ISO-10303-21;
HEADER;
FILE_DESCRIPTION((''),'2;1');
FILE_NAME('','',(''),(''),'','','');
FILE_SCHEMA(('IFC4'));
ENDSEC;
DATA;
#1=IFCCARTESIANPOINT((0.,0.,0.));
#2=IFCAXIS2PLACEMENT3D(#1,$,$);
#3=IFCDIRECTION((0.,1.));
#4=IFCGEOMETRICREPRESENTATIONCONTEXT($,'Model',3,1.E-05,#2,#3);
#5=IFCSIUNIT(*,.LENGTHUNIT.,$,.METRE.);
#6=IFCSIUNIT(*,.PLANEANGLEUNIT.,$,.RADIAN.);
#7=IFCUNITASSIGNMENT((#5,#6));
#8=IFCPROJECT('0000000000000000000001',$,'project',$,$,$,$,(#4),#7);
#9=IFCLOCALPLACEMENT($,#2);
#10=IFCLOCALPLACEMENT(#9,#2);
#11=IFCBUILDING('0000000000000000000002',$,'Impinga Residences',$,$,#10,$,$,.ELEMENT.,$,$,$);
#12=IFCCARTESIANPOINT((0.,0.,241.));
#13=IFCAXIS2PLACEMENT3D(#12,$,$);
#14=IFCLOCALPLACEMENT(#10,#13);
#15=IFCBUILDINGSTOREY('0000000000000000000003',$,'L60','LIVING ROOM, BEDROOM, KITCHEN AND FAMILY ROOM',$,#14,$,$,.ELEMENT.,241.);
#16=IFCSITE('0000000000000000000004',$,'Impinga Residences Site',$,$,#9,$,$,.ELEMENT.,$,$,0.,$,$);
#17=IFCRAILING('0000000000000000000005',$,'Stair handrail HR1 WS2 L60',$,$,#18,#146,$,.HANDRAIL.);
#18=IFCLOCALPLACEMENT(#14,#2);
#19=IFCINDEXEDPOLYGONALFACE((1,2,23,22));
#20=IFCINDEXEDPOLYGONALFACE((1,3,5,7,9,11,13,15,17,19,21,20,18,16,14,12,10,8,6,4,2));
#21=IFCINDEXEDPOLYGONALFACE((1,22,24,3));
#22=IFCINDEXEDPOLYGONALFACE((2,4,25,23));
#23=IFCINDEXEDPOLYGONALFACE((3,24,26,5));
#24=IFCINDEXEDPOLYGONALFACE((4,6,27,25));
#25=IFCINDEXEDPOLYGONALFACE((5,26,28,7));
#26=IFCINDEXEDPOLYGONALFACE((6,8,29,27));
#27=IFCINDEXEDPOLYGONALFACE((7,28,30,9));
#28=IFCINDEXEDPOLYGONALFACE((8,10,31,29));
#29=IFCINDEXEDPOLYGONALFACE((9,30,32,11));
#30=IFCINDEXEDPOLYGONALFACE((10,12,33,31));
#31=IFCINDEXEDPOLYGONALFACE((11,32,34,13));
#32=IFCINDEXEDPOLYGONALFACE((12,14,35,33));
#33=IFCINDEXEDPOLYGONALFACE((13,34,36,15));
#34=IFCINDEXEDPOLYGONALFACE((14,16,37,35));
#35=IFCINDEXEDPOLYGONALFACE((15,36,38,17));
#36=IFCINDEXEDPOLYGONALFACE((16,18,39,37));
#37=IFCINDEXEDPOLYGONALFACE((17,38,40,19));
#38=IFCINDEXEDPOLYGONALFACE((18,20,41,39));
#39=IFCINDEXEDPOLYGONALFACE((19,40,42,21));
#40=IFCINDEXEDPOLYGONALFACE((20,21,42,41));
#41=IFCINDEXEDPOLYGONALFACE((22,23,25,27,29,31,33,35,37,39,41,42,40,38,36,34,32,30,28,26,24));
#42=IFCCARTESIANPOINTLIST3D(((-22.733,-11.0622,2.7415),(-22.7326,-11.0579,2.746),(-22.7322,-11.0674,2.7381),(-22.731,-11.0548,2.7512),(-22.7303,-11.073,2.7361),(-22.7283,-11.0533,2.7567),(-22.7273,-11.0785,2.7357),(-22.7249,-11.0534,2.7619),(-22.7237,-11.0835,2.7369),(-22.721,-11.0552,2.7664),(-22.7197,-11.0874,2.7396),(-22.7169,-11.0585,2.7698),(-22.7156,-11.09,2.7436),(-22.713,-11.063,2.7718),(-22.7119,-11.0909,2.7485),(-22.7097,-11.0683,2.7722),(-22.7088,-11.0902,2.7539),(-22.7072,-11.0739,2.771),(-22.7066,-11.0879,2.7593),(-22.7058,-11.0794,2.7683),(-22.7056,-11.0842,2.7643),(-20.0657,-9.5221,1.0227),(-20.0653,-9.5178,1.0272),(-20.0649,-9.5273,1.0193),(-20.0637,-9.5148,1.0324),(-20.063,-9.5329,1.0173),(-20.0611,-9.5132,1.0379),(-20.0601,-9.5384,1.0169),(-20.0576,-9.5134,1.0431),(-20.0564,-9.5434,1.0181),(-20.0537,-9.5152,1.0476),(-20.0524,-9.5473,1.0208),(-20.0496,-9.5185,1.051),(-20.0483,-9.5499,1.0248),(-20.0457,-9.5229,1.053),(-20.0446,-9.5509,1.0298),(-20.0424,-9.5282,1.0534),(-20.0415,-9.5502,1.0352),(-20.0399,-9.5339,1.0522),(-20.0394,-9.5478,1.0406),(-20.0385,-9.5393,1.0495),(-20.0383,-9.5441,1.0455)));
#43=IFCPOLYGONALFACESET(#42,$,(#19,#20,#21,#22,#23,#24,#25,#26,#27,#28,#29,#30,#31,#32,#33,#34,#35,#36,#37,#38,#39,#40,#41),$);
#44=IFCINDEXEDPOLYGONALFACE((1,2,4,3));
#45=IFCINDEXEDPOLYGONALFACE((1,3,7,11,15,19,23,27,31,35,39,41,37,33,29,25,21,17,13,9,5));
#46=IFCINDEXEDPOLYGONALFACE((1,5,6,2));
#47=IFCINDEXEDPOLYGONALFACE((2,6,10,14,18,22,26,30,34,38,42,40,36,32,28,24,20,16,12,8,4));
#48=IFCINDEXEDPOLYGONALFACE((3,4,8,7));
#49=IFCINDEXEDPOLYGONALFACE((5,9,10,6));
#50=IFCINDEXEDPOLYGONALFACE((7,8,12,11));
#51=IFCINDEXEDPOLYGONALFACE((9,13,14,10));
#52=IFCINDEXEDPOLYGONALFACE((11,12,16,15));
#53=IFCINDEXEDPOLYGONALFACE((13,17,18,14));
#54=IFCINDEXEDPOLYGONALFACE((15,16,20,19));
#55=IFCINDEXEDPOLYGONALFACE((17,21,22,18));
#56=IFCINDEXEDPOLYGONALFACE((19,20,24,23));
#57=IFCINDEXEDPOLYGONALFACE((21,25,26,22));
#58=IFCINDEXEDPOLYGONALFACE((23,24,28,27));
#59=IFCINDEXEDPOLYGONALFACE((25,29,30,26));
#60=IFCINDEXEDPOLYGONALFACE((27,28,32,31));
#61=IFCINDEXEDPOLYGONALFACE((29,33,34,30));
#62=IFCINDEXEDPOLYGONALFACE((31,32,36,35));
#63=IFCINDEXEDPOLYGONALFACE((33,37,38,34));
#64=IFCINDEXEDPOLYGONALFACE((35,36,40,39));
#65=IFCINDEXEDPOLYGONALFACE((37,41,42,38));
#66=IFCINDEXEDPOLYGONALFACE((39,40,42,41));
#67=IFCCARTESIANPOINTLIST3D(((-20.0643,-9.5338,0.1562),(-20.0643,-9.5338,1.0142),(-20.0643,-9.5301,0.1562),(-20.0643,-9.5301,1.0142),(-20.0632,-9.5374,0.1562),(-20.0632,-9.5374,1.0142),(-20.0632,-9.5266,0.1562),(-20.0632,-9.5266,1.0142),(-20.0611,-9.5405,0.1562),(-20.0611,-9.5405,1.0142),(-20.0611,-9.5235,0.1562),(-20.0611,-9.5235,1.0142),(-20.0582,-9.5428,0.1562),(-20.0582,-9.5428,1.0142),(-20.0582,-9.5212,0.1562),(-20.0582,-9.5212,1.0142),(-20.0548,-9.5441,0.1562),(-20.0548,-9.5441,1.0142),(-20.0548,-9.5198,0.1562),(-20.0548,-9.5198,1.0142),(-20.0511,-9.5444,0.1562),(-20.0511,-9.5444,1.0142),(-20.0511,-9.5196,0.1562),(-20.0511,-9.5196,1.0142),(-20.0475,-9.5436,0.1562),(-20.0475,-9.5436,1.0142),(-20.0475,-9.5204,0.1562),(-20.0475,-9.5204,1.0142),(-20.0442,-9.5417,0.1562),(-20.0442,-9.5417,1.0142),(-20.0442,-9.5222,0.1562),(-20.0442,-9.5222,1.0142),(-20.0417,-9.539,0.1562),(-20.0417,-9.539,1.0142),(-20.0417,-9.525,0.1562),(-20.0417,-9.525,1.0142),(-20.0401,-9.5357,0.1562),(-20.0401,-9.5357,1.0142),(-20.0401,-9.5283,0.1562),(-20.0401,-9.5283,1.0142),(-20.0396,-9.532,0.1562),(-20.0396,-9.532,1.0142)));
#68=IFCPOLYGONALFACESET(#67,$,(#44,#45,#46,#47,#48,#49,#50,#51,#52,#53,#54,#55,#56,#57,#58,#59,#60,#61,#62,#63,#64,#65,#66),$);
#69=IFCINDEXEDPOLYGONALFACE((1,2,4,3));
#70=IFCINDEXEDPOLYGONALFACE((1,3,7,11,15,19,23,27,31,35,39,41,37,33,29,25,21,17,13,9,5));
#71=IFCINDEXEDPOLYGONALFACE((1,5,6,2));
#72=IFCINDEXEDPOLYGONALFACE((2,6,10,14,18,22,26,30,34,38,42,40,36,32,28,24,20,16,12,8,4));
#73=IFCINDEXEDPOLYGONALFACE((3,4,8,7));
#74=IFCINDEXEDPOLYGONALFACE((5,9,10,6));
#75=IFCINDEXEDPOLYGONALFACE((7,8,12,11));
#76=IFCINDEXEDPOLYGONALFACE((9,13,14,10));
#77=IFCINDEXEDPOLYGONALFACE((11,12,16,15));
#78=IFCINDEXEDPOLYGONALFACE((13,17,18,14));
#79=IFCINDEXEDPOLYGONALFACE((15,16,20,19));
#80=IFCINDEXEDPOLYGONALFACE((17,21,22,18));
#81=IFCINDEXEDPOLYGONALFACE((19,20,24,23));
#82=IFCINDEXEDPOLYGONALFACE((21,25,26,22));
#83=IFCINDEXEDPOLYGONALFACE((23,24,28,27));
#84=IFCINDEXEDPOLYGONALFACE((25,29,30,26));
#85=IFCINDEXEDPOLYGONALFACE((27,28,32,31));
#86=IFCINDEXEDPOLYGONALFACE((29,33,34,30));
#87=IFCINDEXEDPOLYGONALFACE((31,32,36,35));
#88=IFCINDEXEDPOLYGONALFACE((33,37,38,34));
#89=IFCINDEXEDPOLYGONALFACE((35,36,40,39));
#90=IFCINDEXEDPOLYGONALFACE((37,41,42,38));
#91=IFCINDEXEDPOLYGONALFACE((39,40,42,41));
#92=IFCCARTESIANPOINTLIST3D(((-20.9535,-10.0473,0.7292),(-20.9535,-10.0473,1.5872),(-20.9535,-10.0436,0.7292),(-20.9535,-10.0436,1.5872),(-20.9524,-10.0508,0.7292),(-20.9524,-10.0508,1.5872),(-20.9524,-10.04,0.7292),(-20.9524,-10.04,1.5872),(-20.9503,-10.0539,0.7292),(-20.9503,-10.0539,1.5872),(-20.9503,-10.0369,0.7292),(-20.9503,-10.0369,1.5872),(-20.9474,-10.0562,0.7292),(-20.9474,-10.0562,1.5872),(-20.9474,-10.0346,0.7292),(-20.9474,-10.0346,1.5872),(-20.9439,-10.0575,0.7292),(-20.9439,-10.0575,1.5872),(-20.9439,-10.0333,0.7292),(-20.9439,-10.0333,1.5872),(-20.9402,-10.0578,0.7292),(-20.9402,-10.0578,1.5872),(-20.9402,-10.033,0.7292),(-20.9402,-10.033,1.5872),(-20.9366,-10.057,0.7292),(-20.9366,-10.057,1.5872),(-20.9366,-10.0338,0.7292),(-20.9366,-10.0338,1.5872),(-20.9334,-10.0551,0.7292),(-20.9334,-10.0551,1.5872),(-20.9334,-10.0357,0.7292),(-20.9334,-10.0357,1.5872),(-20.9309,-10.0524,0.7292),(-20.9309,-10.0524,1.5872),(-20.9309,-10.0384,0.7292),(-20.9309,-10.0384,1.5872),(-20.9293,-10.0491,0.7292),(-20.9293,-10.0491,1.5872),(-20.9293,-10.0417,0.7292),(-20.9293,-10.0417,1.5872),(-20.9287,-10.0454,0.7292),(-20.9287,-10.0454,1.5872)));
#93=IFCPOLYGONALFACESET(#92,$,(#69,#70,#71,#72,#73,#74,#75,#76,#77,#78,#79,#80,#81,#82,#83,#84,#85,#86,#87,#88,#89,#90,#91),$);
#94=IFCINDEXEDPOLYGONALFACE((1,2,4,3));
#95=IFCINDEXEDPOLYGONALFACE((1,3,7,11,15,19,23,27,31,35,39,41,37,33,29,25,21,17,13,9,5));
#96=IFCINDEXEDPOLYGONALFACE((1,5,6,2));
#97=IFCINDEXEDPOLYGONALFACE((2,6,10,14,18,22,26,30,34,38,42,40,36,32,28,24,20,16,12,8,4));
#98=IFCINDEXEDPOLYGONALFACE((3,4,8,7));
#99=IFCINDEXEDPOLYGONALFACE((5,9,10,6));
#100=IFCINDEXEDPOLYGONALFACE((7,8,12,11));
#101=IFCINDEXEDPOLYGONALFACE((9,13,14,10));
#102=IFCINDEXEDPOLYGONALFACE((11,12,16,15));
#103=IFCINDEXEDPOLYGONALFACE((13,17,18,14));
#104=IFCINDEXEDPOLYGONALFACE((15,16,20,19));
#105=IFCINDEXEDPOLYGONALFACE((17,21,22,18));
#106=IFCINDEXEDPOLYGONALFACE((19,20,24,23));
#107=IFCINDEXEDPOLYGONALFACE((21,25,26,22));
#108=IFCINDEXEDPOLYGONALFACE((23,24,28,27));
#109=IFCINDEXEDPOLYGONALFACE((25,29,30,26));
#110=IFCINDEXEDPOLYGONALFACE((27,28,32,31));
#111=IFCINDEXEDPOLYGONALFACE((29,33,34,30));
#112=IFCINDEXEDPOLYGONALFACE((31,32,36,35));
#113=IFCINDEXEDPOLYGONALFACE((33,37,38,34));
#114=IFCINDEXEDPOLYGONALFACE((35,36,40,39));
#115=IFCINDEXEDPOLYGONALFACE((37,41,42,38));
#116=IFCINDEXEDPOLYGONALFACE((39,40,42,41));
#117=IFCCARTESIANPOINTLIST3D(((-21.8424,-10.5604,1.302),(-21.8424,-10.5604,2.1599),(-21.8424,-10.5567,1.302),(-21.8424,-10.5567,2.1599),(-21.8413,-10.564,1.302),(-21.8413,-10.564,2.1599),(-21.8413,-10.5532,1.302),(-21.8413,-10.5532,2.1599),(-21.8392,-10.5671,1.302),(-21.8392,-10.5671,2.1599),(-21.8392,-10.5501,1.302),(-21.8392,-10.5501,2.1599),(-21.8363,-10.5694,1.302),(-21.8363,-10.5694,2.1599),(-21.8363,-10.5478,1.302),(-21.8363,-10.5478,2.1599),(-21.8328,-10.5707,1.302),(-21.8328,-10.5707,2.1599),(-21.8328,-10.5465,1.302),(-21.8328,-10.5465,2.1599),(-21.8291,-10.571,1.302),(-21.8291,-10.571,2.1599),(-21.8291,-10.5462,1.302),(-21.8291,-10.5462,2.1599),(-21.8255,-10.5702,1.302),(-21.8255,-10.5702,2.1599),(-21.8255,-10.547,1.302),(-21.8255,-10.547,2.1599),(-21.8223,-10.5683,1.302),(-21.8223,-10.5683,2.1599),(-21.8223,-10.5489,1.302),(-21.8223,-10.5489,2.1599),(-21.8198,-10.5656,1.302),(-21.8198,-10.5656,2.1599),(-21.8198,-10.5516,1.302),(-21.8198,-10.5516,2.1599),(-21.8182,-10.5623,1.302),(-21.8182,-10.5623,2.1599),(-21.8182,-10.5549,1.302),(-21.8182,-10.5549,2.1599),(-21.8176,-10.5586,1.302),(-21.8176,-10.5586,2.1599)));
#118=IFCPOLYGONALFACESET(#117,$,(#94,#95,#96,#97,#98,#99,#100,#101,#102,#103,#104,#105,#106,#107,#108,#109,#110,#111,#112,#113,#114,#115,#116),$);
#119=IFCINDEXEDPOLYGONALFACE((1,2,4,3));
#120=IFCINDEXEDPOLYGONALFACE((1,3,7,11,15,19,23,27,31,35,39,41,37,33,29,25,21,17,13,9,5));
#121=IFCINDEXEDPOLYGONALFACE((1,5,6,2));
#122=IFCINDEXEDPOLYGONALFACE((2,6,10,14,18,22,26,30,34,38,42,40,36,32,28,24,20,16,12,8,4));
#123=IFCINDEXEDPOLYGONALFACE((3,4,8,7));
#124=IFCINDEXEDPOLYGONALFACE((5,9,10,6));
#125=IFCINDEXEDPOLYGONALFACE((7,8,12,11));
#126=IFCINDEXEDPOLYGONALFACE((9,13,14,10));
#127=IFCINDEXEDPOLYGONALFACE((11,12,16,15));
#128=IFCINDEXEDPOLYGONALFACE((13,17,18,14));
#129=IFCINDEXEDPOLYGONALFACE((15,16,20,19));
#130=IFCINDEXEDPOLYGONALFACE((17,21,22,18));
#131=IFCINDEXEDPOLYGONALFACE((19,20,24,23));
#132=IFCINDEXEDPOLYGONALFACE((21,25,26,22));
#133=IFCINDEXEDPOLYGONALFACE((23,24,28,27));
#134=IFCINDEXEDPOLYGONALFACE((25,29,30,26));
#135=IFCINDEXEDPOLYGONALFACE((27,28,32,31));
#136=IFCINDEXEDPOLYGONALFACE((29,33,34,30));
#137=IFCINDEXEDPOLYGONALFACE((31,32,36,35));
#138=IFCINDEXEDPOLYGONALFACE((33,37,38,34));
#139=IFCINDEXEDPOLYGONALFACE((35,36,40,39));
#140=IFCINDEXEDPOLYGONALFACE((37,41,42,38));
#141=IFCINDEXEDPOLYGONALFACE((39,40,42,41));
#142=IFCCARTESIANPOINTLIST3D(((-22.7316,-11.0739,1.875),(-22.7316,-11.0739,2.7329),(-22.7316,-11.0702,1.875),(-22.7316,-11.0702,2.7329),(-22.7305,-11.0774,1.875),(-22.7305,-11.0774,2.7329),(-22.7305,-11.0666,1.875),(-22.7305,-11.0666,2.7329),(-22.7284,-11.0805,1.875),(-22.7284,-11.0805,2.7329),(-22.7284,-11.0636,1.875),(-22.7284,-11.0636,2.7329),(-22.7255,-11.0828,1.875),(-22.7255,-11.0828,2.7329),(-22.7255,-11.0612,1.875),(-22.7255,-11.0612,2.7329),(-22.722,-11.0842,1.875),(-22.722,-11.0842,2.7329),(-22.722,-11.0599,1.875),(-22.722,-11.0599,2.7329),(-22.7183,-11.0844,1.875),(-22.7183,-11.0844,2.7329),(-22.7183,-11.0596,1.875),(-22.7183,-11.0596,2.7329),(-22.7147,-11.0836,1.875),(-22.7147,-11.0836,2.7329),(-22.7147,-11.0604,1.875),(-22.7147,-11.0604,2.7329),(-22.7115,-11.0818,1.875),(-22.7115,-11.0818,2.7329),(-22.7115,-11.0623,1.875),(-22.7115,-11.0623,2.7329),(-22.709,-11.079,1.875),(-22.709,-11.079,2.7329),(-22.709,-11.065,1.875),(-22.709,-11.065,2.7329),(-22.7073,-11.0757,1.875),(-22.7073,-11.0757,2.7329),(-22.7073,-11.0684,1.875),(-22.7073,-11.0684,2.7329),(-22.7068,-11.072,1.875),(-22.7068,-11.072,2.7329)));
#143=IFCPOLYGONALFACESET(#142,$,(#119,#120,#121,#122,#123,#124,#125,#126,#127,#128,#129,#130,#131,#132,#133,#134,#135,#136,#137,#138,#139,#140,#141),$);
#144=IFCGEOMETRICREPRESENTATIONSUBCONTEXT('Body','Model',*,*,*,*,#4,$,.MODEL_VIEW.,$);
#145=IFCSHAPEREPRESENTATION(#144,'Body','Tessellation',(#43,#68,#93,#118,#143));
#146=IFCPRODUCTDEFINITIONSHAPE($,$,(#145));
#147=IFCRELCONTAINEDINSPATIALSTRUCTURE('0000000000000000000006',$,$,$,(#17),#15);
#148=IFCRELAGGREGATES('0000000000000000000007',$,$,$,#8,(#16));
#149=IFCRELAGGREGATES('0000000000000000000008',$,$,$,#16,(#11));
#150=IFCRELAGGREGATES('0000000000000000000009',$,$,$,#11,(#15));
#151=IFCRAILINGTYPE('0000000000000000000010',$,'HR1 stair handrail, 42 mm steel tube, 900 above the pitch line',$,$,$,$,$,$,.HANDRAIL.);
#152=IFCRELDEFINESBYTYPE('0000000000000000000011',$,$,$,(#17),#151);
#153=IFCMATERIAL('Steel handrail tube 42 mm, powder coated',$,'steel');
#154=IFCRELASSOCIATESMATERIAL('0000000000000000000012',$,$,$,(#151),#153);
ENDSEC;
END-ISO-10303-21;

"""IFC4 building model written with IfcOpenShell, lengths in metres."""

from ifc_helpers import new_model, si_unit, direction, frame, origin, origin_2d, place, context, subcontext, project, spatial, circle, extrude, material, type_object, element, save


model = new_model("IFC4")

# Units and contexts
model_context = context("Model", 3, precision=1e-05, world=origin(), true_north=direction((0.0, 1.0)))
body_context = subcontext(model_context, "Body", "Model", "MODEL_VIEW")
ifc_project = project(units=[si_unit("LENGTHUNIT", "METRE"), si_unit("PLANEANGLEUNIT", "RADIAN")], contexts=[model_context])

# Site, building, storey
site_placement = place(None, origin())
site = spatial("IfcSite", under=ifc_project, at=site_placement, Name="Impinga Residences Site", CompositionType="ELEMENT", RefElevation=0.0)
building_placement = place(site_placement, origin())
building = spatial("IfcBuilding", under=site, at=building_placement, Name="Impinga Residences", CompositionType="ELEMENT")
storey_placement = place(building_placement, frame((0.0, 0.0, 241.0)))
storey = spatial("IfcBuildingStorey", under=building, at=storey_placement, Name="L60", Description="LIVING ROOM, BEDROOM, KITCHEN AND FAMILY ROOM", CompositionType="ELEMENT", Elevation=241.0)

# Railing
ifc_material_1 = material(Name="Steel handrail tube 42 mm, powder coated", Category="steel")
railing_type_1 = type_object("IfcRailingType", Name="HR1 stair handrail, 42 mm steel tube, 900 above the pitch line", PredefinedType="HANDRAIL", material=ifc_material_1)
railing_1_placement = place(storey_placement, frame((-20.052, -9.532, 0.1562)))
element("IfcRailing", 1, at=railing_1_placement, inside=storey, type_object=railing_type_1, Name="Stair handrail HR1 WS2 L60", PredefinedType="HANDRAIL", context=body_context, shape_type="SweptSolid", body=[
    extrude(circle(Radius=0.021, at=origin_2d()), frame((0.0, 0.0, 0.8789), z_axis=(-0.756226, -0.436639, 0.487307), x_axis=(0.500027, -0.86601, 0.0)), (0.0, 0.0, 1.0), 3.5271),
    extrude(circle(Radius=0.0125, at=origin_2d()), origin(), (0.0, 0.0, 1.0), 0.8579),
    extrude(circle(Radius=0.0125, at=origin_2d()), frame((-0.8892, -0.5134, 0.573)), (0.0, 0.0, 1.0), 0.8579),
    extrude(circle(Radius=0.0125, at=origin_2d()), frame((-1.7781, -1.0266, 1.1458)), (0.0, 0.0, 1.0), 0.8579),
    extrude(circle(Radius=0.0125, at=origin_2d()), frame((-2.6672, -1.54, 1.7188)), (0.0, 0.0, 1.0), 0.8579),
])

save(model, "model.ifc")
